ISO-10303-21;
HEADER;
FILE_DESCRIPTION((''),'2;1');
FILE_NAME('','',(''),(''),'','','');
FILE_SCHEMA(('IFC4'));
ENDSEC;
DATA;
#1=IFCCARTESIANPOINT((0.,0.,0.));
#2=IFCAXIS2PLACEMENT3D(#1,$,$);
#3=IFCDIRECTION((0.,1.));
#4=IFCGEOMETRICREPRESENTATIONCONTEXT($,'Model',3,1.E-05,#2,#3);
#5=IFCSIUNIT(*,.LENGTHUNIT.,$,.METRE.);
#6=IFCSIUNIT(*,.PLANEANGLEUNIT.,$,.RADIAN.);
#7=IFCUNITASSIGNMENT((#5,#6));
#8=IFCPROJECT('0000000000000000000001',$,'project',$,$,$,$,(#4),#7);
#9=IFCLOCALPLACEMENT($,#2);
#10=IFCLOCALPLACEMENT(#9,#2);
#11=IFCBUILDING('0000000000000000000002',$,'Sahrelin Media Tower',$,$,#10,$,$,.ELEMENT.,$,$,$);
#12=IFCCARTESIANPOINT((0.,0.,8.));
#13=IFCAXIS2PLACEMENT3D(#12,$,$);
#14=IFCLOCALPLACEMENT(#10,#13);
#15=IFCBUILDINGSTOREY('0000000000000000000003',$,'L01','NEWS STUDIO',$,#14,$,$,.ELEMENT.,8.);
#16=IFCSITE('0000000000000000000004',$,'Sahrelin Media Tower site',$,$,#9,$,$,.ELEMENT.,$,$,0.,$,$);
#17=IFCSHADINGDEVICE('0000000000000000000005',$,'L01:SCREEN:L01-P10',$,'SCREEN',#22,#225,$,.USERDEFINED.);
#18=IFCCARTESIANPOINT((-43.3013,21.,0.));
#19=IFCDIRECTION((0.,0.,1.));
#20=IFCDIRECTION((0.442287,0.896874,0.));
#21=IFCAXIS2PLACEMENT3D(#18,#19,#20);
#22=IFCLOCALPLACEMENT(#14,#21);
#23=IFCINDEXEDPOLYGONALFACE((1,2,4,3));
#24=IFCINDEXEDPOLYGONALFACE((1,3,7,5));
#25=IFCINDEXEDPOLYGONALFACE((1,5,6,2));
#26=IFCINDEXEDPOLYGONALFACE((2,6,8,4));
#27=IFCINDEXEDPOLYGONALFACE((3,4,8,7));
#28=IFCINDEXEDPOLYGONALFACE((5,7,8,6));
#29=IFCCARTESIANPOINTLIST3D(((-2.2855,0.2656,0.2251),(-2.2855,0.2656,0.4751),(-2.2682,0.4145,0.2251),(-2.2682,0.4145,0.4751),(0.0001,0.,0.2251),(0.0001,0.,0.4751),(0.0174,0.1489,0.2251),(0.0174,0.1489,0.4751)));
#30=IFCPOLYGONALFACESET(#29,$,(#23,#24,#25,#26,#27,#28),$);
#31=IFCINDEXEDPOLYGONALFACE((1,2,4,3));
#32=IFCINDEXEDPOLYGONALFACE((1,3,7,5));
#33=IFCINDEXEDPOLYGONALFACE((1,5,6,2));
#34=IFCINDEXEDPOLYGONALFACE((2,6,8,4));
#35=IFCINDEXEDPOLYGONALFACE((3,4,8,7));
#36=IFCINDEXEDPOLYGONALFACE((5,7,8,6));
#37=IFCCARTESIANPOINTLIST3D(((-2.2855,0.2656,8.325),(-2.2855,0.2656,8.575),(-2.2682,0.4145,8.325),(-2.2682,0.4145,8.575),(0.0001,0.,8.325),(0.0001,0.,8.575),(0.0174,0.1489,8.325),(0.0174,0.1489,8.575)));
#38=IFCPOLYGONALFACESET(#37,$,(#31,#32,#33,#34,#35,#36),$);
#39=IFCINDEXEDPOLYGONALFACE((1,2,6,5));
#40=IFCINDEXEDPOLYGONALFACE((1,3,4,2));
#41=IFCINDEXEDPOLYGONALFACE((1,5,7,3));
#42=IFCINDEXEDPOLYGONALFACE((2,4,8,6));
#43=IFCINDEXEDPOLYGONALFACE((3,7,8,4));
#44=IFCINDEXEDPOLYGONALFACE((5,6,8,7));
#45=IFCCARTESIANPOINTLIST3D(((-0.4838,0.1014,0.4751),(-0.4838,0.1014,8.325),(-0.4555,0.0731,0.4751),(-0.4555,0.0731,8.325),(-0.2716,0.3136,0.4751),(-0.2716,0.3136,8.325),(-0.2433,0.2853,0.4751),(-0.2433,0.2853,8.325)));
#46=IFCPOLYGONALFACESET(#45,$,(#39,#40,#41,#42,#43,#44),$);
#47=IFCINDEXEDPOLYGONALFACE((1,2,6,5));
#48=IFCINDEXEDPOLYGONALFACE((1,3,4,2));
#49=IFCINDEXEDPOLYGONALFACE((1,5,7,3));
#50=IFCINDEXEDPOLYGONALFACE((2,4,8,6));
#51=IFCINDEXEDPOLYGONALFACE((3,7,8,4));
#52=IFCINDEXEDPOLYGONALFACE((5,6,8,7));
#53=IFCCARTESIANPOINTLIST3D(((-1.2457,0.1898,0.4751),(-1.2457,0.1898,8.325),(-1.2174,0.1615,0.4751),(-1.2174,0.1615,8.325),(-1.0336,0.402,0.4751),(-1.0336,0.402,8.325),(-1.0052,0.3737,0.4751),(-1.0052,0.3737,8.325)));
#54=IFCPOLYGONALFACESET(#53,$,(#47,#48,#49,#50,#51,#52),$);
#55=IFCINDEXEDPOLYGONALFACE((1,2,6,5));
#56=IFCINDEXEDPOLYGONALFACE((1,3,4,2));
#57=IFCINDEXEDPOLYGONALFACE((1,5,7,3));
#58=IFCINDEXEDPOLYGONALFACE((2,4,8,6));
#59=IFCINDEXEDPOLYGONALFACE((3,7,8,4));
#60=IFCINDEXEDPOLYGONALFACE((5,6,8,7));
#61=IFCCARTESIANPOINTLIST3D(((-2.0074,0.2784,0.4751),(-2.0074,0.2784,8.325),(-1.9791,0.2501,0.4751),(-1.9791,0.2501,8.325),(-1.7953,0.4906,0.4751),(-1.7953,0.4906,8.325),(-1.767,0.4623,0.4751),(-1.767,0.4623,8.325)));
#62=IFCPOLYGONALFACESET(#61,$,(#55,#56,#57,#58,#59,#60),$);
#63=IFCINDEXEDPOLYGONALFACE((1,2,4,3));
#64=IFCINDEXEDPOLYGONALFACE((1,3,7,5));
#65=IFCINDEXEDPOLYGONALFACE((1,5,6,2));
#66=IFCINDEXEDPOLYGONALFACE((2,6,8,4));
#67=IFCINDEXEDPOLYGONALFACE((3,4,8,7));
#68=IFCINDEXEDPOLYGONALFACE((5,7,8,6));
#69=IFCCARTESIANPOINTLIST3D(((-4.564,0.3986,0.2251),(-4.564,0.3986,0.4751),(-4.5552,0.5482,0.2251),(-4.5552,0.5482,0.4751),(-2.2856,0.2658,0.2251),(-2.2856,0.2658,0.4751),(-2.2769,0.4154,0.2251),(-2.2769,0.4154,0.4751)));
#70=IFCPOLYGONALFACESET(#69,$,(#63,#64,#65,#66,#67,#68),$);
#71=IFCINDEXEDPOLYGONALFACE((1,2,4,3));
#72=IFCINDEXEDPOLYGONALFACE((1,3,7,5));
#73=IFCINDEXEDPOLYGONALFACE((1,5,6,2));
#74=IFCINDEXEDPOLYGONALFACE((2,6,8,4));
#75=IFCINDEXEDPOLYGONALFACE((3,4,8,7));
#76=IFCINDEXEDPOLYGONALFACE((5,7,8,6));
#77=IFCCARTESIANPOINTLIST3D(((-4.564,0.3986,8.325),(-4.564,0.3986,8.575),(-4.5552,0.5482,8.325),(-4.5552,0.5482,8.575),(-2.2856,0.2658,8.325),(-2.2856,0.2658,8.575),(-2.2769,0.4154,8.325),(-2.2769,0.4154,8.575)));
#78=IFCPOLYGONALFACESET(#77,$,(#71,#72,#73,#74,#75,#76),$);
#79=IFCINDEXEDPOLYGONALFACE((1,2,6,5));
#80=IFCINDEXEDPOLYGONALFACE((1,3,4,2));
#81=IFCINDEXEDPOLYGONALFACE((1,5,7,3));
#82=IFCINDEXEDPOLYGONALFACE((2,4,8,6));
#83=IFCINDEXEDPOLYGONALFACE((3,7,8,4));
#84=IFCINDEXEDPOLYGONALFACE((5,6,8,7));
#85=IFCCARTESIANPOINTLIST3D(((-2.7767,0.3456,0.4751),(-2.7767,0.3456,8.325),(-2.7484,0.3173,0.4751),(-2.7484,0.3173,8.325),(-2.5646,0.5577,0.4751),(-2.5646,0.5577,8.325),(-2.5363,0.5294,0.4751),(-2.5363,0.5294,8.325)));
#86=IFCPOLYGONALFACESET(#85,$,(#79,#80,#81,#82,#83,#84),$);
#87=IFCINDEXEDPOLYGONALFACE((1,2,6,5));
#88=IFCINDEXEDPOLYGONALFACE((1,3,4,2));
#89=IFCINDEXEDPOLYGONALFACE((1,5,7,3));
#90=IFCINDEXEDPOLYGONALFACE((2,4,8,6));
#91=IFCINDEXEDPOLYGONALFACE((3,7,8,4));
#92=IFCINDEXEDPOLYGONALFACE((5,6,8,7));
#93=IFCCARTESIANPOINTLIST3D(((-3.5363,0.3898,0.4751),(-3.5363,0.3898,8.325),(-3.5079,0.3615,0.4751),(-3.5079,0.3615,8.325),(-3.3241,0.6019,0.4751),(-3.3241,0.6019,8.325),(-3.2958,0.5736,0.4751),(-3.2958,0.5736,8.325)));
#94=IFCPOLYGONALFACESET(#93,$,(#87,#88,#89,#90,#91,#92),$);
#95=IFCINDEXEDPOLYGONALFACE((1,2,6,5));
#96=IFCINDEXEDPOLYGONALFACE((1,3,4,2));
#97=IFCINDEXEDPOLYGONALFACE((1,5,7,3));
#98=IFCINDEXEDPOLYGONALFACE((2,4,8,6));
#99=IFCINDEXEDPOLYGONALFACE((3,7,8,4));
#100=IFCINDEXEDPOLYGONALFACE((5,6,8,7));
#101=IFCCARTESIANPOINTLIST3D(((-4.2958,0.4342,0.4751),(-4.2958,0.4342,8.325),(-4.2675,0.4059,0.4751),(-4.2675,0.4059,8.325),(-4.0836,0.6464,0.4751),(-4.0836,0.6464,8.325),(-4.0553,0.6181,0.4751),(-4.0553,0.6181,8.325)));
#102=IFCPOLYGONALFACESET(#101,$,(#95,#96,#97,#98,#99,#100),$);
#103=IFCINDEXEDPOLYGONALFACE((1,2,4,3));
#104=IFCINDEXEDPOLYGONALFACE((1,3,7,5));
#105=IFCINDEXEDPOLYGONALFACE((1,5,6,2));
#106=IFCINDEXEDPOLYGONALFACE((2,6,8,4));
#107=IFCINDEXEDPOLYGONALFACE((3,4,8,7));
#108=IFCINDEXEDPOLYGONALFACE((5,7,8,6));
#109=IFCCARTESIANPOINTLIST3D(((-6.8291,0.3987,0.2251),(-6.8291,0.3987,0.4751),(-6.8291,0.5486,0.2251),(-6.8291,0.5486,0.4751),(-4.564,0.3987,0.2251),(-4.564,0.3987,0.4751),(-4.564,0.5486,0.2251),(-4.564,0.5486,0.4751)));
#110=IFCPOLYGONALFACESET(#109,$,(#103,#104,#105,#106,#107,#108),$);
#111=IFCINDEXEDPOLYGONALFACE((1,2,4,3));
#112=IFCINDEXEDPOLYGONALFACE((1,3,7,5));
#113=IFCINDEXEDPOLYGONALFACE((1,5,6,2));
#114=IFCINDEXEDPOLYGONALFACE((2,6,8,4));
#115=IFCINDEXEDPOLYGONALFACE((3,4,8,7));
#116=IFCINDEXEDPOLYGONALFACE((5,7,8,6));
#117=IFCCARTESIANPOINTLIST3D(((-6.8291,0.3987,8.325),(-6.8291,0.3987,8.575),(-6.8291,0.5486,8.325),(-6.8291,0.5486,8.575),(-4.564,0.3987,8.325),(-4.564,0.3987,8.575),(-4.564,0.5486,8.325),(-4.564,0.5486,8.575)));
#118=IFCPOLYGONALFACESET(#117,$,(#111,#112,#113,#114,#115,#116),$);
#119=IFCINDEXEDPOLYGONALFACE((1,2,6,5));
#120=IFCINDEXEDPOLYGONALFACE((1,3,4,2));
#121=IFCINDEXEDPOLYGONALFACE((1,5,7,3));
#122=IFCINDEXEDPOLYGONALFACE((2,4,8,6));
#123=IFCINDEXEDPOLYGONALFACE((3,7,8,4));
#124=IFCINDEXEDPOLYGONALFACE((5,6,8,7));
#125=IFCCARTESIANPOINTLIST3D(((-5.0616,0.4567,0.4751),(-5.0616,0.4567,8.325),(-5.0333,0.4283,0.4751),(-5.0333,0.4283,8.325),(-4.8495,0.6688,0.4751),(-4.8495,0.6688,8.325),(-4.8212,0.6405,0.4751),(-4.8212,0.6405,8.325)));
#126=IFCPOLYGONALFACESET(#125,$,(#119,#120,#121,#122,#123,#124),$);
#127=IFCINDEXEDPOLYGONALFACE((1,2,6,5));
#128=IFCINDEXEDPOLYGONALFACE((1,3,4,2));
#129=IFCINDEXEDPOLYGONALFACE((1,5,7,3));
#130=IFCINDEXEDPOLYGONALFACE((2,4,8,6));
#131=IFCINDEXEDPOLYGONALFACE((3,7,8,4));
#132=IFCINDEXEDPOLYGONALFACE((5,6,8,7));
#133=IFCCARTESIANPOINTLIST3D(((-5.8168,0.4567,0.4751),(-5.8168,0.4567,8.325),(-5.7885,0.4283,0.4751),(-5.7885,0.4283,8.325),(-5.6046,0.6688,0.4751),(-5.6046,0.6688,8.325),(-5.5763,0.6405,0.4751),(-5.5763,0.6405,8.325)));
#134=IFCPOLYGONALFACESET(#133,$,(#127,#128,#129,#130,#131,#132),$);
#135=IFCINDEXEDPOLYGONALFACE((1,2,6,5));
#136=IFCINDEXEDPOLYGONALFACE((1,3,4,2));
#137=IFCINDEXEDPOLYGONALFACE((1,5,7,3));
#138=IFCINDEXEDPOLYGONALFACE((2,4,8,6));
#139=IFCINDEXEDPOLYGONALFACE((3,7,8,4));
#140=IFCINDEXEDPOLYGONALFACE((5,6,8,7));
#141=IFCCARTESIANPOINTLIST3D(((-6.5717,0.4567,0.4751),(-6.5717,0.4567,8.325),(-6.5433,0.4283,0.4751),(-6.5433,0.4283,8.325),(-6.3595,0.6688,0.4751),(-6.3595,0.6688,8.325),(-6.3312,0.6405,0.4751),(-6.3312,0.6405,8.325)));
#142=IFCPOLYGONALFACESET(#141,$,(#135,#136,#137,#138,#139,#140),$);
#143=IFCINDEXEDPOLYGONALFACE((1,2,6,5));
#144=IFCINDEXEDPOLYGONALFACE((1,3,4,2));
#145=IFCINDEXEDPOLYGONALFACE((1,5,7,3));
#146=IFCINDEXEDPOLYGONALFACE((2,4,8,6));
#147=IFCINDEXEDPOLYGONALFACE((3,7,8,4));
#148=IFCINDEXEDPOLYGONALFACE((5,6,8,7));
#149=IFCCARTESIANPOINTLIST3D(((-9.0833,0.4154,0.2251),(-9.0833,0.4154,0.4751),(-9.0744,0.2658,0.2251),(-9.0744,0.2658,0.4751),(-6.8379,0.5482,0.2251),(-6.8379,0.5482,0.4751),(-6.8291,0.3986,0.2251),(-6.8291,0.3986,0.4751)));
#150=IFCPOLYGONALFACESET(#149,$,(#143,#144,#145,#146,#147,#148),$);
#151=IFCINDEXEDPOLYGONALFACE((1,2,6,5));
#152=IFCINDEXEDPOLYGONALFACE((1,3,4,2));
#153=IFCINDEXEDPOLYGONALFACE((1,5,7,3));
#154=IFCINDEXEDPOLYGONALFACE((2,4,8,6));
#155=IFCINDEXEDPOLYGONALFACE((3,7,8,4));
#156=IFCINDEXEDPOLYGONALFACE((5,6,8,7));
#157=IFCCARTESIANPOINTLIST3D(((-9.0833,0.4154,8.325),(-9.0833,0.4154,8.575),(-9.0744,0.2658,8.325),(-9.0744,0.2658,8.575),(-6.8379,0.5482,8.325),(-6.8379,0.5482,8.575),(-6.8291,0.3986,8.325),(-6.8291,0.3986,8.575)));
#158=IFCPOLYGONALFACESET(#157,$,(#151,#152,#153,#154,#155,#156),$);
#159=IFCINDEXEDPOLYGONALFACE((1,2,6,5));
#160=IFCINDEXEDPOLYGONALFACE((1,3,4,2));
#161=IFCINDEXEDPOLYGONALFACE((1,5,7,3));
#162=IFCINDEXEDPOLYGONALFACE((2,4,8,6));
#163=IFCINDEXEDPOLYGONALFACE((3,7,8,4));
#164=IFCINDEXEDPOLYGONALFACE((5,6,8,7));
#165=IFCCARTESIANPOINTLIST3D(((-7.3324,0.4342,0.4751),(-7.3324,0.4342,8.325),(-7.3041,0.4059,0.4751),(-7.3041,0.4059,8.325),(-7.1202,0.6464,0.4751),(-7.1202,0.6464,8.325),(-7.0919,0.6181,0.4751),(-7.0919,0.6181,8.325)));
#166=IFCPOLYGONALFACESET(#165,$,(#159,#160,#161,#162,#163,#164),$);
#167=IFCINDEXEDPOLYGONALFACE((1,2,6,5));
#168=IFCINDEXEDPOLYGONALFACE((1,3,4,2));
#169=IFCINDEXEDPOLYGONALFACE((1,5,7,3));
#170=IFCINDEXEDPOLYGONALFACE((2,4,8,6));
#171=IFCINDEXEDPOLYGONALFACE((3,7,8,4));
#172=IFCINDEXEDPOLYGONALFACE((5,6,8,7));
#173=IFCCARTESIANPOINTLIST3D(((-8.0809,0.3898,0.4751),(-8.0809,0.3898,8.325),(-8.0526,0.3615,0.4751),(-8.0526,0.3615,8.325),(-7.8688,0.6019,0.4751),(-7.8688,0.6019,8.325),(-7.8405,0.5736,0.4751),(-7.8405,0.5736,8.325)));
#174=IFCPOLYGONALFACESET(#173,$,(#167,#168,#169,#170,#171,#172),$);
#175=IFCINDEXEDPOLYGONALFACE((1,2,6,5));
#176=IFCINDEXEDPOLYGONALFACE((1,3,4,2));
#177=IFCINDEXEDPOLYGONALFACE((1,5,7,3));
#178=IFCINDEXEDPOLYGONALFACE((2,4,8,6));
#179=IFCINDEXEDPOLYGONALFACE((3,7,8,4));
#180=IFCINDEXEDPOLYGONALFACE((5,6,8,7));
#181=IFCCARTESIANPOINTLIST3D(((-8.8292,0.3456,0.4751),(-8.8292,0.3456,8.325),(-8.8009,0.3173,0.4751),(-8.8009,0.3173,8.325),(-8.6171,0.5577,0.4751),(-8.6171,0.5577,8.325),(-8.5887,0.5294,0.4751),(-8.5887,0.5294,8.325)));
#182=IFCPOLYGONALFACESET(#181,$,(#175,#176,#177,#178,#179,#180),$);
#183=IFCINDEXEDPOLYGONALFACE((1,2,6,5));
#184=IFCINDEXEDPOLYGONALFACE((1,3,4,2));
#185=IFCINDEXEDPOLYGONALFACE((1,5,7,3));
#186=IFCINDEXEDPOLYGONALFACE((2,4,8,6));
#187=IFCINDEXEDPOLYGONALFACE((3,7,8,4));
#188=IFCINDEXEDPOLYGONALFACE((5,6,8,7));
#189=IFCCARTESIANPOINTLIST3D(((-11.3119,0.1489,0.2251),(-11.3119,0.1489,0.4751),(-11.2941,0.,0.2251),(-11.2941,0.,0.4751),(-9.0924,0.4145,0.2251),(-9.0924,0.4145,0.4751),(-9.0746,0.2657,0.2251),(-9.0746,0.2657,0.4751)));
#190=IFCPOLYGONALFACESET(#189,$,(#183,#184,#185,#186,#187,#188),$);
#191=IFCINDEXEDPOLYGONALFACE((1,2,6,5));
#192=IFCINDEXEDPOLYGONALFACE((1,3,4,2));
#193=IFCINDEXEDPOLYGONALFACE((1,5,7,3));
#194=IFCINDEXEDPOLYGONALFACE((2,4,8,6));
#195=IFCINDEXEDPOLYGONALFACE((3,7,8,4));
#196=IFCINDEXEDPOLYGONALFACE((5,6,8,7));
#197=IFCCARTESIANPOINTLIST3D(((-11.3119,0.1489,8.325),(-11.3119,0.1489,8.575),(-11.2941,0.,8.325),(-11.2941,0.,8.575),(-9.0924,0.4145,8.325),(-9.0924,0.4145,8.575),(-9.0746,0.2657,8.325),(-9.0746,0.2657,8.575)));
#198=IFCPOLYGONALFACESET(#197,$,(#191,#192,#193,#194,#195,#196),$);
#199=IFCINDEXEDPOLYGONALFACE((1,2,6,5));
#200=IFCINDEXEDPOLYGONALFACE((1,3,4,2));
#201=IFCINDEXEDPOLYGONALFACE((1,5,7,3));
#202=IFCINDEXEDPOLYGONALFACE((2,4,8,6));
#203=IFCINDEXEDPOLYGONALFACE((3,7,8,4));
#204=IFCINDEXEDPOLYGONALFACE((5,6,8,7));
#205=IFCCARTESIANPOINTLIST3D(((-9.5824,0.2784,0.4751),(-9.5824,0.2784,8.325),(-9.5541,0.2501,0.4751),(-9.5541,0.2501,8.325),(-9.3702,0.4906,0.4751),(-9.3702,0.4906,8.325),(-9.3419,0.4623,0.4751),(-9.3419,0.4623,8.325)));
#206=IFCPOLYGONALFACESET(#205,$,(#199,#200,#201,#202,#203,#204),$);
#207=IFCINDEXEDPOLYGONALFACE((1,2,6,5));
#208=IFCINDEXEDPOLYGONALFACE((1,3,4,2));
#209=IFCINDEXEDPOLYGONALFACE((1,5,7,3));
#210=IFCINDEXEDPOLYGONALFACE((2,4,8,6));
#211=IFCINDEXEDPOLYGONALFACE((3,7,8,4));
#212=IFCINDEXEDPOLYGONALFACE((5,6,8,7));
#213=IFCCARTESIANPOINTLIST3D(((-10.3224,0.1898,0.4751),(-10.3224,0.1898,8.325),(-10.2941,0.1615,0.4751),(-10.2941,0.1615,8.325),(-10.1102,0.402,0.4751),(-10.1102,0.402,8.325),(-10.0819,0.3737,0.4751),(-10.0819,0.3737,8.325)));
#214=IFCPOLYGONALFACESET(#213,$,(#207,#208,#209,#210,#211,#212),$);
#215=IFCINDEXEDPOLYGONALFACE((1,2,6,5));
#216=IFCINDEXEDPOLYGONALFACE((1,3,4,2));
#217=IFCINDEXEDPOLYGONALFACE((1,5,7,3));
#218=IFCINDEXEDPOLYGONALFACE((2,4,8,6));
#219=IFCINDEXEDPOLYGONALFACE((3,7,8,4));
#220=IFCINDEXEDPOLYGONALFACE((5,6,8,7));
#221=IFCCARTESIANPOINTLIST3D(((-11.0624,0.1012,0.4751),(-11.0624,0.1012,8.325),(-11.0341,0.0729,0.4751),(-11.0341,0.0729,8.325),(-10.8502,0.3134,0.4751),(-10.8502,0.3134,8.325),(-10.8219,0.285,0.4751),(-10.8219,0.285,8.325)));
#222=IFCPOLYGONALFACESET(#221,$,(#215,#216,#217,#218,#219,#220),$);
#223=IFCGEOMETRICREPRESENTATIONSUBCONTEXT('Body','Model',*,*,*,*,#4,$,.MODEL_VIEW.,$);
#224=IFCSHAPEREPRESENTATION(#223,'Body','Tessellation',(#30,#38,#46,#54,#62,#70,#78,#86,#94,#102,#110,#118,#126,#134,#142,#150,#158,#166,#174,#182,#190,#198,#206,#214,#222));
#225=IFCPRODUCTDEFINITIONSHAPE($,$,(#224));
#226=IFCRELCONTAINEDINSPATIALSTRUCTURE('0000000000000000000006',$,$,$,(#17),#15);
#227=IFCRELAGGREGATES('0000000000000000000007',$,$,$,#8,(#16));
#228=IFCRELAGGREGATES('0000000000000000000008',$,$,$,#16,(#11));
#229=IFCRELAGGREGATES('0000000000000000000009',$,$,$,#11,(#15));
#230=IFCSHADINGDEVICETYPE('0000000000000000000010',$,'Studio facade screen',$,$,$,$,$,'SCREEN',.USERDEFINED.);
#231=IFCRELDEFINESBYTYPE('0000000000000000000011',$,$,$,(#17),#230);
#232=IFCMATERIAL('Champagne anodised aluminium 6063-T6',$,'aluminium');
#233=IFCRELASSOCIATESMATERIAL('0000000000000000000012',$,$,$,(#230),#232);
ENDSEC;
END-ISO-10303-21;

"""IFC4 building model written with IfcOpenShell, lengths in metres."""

from ifc_helpers import new_model, si_unit, direction, frame, origin, origin_2d, place, context, subcontext, project, spatial, rectangle, extrude, material, type_object, element, save


model = new_model("IFC4")

# Units and contexts
model_context = context("Model", 3, precision=1e-05, world=origin(), true_north=direction((0.0, 1.0)))
body_context = subcontext(model_context, "Body", "Model", "MODEL_VIEW")
ifc_project = project(units=[si_unit("LENGTHUNIT", "METRE"), si_unit("PLANEANGLEUNIT", "RADIAN")], contexts=[model_context])

# Site, building, storey
site_placement = place(None, origin())
site = spatial("IfcSite", under=ifc_project, at=site_placement, Name="Sahrelin Media Tower site", CompositionType="ELEMENT", RefElevation=0.0)
building_placement = place(site_placement, origin())
building = spatial("IfcBuilding", under=site, at=building_placement, Name="Sahrelin Media Tower", CompositionType="ELEMENT")
storey_placement = place(building_placement, frame((0.0, 0.0, 8.0)))
storey = spatial("IfcBuildingStorey", under=building, at=storey_placement, Name="L01", Description="NEWS STUDIO", CompositionType="ELEMENT", Elevation=8.0)

# Shading device
ifc_material_1 = material(Name="Champagne anodised aluminium 6063-T6", Category="aluminium")
shading_device_type = type_object("IfcShadingDeviceType", Name="Studio facade screen", ElementType="SCREEN", PredefinedType="USERDEFINED", material=ifc_material_1)
shading_device_1_placement = place(storey_placement, frame((-43.3013, 21.0, 0.0), z_axis=(0.0, 0.0, 1.0), x_axis=(0.442287, 0.896874, 0.0)))
element("IfcShadingDevice", 1, at=shading_device_1_placement, inside=storey, type_object=shading_device_type, Name="L01:SCREEN:L01-P10", ObjectType="SCREEN", PredefinedType="USERDEFINED", context=body_context, shape_type="SweptSolid", body=[
    extrude(rectangle(XDim=0.1499, YDim=0.25, at=origin_2d()), frame((0.0088, 0.0745, 0.3501), z_axis=(-0.993315, 0.115438, 0.0), x_axis=(-0.115438, -0.993315, 0.0)), (0.0, 0.0, 1.0), 2.301),
    extrude(rectangle(XDim=0.1499, YDim=0.25, at=origin_2d()), frame((0.0088, 0.0745, 8.45), z_axis=(-0.993315, 0.115438, 0.0), x_axis=(-0.115438, -0.993315, 0.0)), (0.0, 0.0, 1.0), 2.301),
    extrude(rectangle(XDim=0.3, YDim=0.04, at=origin_2d()), frame((-0.3635, 0.1934, 0.4751), z_axis=(0.0, 0.0, 1.0), x_axis=(0.707107, 0.707107, 0.0)), (0.0, 0.0, 1.0), 7.8499),
    extrude(rectangle(XDim=0.3, YDim=0.04, at=origin_2d()), frame((-1.1255, 0.2817, 0.4751), z_axis=(0.0, 0.0, 1.0), x_axis=(0.707107, 0.707107, 0.0)), (0.0, 0.0, 1.0), 7.8499),
    extrude(rectangle(XDim=0.3, YDim=0.04, at=origin_2d()), frame((-1.8872, 0.3704, 0.4751), z_axis=(0.0, 0.0, 1.0), x_axis=(0.707107, 0.707107, 0.0)), (0.0, 0.0, 1.0), 7.8499),
    extrude(rectangle(XDim=0.1499, YDim=0.25, at=origin_2d()), frame((-2.2812, 0.3406, 0.3501), z_axis=(-0.998305, 0.058195, 0.0), x_axis=(-0.058195, -0.998305, 0.0)), (0.0, 0.0, 1.0), 2.2822),
    extrude(rectangle(XDim=0.1499, YDim=0.25, at=origin_2d()), frame((-2.2812, 0.3406, 8.45), z_axis=(-0.998305, 0.058195, 0.0), x_axis=(-0.058195, -0.998305, 0.0)), (0.0, 0.0, 1.0), 2.2822),
    extrude(rectangle(XDim=0.3, YDim=0.04, at=origin_2d()), frame((-2.6565, 0.4375, 0.4751), z_axis=(0.0, 0.0, 1.0), x_axis=(0.707107, 0.707107, 0.0)), (0.0, 0.0, 1.0), 7.8499),
    extrude(rectangle(XDim=0.3, YDim=0.04, at=origin_2d()), frame((-3.416, 0.4817, 0.4751), z_axis=(0.0, 0.0, 1.0), x_axis=(0.707107, 0.707107, 0.0)), (0.0, 0.0, 1.0), 7.8499),
    extrude(rectangle(XDim=0.3, YDim=0.04, at=origin_2d()), frame((-4.1755, 0.5261, 0.4751), z_axis=(0.0, 0.0, 1.0), x_axis=(0.707107, 0.707107, 0.0)), (0.0, 0.0, 1.0), 7.8499),
    extrude(rectangle(XDim=0.1499, YDim=0.25, at=origin_2d()), frame((-4.564, 0.4736, 0.3501), z_axis=(-1.0, 0.0, 0.0), x_axis=(0.0, -1.0, 0.0)), (0.0, 0.0, 1.0), 2.2651),
    extrude(rectangle(XDim=0.1499, YDim=0.25, at=origin_2d()), frame((-4.564, 0.4736, 8.45), z_axis=(-1.0, 0.0, 0.0), x_axis=(0.0, -1.0, 0.0)), (0.0, 0.0, 1.0), 2.2651),
    extrude(rectangle(XDim=0.3, YDim=0.04, at=origin_2d()), frame((-4.9414, 0.5486, 0.4751), z_axis=(0.0, 0.0, 1.0), x_axis=(0.707107, 0.707107, 0.0)), (0.0, 0.0, 1.0), 7.8499),
    extrude(rectangle(XDim=0.3, YDim=0.04, at=origin_2d()), frame((-5.6965, 0.5486, 0.4751), z_axis=(0.0, 0.0, 1.0), x_axis=(0.707107, 0.707107, 0.0)), (0.0, 0.0, 1.0), 7.8499),
    extrude(rectangle(XDim=0.3, YDim=0.04, at=origin_2d()), frame((-6.4514, 0.5486, 0.4751), z_axis=(0.0, 0.0, 1.0), x_axis=(0.707107, 0.707107, 0.0)), (0.0, 0.0, 1.0), 7.8499),
    extrude(rectangle(XDim=0.1499, YDim=0.25, at=origin_2d()), frame((-6.8335, 0.4734, 0.3501), z_axis=(-0.998255, -0.059047, 0.0), x_axis=(0.059047, -0.998255, 0.0)), (0.0, 0.0, 1.0), 2.2493),
    extrude(rectangle(XDim=0.1499, YDim=0.25, at=origin_2d()), frame((-6.8335, 0.4734, 8.45), z_axis=(-0.998255, -0.059047, 0.0), x_axis=(0.059047, -0.998255, 0.0)), (0.0, 0.0, 1.0), 2.2493),
    extrude(rectangle(XDim=0.3, YDim=0.04, at=origin_2d()), frame((-7.2122, 0.5261, 0.4751), z_axis=(0.0, 0.0, 1.0), x_axis=(0.707107, 0.707107, 0.0)), (0.0, 0.0, 1.0), 7.8499),
    extrude(rectangle(XDim=0.3, YDim=0.04, at=origin_2d()), frame((-7.9607, 0.4817, 0.4751), z_axis=(0.0, 0.0, 1.0), x_axis=(0.707107, 0.707107, 0.0)), (0.0, 0.0, 1.0), 7.8499),
    extrude(rectangle(XDim=0.3, YDim=0.04, at=origin_2d()), frame((-8.709, 0.4375, 0.4751), z_axis=(0.0, 0.0, 1.0), x_axis=(0.707107, 0.707107, 0.0)), (0.0, 0.0, 1.0), 7.8499),
    extrude(rectangle(XDim=0.1499, YDim=0.25, at=origin_2d()), frame((-9.0835, 0.3401, 0.3501), z_axis=(-0.992915, -0.118831, 0.0), x_axis=(0.118831, -0.992915, 0.0)), (0.0, 0.0, 1.0), 2.2354),
    extrude(rectangle(XDim=0.1499, YDim=0.25, at=origin_2d()), frame((-9.0835, 0.3401, 8.45), z_axis=(-0.992915, -0.118831, 0.0), x_axis=(0.118831, -0.992915, 0.0)), (0.0, 0.0, 1.0), 2.2354),
    extrude(rectangle(XDim=0.3, YDim=0.04, at=origin_2d()), frame((-9.4622, 0.3704, 0.4751), z_axis=(0.0, 0.0, 1.0), x_axis=(0.707107, 0.707107, 0.0)), (0.0, 0.0, 1.0), 7.8499),
    extrude(rectangle(XDim=0.3, YDim=0.04, at=origin_2d()), frame((-10.2021, 0.2817, 0.4751), z_axis=(0.0, 0.0, 1.0), x_axis=(0.707107, 0.707107, 0.0)), (0.0, 0.0, 1.0), 7.8499),
    extrude(rectangle(XDim=0.3, YDim=0.04, at=origin_2d()), frame((-10.9421, 0.1931, 0.4751), z_axis=(0.0, 0.0, 1.0), x_axis=(0.707107, 0.707107, 0.0)), (0.0, 0.0, 1.0), 7.8499),
])

save(model, "model.ifc")
